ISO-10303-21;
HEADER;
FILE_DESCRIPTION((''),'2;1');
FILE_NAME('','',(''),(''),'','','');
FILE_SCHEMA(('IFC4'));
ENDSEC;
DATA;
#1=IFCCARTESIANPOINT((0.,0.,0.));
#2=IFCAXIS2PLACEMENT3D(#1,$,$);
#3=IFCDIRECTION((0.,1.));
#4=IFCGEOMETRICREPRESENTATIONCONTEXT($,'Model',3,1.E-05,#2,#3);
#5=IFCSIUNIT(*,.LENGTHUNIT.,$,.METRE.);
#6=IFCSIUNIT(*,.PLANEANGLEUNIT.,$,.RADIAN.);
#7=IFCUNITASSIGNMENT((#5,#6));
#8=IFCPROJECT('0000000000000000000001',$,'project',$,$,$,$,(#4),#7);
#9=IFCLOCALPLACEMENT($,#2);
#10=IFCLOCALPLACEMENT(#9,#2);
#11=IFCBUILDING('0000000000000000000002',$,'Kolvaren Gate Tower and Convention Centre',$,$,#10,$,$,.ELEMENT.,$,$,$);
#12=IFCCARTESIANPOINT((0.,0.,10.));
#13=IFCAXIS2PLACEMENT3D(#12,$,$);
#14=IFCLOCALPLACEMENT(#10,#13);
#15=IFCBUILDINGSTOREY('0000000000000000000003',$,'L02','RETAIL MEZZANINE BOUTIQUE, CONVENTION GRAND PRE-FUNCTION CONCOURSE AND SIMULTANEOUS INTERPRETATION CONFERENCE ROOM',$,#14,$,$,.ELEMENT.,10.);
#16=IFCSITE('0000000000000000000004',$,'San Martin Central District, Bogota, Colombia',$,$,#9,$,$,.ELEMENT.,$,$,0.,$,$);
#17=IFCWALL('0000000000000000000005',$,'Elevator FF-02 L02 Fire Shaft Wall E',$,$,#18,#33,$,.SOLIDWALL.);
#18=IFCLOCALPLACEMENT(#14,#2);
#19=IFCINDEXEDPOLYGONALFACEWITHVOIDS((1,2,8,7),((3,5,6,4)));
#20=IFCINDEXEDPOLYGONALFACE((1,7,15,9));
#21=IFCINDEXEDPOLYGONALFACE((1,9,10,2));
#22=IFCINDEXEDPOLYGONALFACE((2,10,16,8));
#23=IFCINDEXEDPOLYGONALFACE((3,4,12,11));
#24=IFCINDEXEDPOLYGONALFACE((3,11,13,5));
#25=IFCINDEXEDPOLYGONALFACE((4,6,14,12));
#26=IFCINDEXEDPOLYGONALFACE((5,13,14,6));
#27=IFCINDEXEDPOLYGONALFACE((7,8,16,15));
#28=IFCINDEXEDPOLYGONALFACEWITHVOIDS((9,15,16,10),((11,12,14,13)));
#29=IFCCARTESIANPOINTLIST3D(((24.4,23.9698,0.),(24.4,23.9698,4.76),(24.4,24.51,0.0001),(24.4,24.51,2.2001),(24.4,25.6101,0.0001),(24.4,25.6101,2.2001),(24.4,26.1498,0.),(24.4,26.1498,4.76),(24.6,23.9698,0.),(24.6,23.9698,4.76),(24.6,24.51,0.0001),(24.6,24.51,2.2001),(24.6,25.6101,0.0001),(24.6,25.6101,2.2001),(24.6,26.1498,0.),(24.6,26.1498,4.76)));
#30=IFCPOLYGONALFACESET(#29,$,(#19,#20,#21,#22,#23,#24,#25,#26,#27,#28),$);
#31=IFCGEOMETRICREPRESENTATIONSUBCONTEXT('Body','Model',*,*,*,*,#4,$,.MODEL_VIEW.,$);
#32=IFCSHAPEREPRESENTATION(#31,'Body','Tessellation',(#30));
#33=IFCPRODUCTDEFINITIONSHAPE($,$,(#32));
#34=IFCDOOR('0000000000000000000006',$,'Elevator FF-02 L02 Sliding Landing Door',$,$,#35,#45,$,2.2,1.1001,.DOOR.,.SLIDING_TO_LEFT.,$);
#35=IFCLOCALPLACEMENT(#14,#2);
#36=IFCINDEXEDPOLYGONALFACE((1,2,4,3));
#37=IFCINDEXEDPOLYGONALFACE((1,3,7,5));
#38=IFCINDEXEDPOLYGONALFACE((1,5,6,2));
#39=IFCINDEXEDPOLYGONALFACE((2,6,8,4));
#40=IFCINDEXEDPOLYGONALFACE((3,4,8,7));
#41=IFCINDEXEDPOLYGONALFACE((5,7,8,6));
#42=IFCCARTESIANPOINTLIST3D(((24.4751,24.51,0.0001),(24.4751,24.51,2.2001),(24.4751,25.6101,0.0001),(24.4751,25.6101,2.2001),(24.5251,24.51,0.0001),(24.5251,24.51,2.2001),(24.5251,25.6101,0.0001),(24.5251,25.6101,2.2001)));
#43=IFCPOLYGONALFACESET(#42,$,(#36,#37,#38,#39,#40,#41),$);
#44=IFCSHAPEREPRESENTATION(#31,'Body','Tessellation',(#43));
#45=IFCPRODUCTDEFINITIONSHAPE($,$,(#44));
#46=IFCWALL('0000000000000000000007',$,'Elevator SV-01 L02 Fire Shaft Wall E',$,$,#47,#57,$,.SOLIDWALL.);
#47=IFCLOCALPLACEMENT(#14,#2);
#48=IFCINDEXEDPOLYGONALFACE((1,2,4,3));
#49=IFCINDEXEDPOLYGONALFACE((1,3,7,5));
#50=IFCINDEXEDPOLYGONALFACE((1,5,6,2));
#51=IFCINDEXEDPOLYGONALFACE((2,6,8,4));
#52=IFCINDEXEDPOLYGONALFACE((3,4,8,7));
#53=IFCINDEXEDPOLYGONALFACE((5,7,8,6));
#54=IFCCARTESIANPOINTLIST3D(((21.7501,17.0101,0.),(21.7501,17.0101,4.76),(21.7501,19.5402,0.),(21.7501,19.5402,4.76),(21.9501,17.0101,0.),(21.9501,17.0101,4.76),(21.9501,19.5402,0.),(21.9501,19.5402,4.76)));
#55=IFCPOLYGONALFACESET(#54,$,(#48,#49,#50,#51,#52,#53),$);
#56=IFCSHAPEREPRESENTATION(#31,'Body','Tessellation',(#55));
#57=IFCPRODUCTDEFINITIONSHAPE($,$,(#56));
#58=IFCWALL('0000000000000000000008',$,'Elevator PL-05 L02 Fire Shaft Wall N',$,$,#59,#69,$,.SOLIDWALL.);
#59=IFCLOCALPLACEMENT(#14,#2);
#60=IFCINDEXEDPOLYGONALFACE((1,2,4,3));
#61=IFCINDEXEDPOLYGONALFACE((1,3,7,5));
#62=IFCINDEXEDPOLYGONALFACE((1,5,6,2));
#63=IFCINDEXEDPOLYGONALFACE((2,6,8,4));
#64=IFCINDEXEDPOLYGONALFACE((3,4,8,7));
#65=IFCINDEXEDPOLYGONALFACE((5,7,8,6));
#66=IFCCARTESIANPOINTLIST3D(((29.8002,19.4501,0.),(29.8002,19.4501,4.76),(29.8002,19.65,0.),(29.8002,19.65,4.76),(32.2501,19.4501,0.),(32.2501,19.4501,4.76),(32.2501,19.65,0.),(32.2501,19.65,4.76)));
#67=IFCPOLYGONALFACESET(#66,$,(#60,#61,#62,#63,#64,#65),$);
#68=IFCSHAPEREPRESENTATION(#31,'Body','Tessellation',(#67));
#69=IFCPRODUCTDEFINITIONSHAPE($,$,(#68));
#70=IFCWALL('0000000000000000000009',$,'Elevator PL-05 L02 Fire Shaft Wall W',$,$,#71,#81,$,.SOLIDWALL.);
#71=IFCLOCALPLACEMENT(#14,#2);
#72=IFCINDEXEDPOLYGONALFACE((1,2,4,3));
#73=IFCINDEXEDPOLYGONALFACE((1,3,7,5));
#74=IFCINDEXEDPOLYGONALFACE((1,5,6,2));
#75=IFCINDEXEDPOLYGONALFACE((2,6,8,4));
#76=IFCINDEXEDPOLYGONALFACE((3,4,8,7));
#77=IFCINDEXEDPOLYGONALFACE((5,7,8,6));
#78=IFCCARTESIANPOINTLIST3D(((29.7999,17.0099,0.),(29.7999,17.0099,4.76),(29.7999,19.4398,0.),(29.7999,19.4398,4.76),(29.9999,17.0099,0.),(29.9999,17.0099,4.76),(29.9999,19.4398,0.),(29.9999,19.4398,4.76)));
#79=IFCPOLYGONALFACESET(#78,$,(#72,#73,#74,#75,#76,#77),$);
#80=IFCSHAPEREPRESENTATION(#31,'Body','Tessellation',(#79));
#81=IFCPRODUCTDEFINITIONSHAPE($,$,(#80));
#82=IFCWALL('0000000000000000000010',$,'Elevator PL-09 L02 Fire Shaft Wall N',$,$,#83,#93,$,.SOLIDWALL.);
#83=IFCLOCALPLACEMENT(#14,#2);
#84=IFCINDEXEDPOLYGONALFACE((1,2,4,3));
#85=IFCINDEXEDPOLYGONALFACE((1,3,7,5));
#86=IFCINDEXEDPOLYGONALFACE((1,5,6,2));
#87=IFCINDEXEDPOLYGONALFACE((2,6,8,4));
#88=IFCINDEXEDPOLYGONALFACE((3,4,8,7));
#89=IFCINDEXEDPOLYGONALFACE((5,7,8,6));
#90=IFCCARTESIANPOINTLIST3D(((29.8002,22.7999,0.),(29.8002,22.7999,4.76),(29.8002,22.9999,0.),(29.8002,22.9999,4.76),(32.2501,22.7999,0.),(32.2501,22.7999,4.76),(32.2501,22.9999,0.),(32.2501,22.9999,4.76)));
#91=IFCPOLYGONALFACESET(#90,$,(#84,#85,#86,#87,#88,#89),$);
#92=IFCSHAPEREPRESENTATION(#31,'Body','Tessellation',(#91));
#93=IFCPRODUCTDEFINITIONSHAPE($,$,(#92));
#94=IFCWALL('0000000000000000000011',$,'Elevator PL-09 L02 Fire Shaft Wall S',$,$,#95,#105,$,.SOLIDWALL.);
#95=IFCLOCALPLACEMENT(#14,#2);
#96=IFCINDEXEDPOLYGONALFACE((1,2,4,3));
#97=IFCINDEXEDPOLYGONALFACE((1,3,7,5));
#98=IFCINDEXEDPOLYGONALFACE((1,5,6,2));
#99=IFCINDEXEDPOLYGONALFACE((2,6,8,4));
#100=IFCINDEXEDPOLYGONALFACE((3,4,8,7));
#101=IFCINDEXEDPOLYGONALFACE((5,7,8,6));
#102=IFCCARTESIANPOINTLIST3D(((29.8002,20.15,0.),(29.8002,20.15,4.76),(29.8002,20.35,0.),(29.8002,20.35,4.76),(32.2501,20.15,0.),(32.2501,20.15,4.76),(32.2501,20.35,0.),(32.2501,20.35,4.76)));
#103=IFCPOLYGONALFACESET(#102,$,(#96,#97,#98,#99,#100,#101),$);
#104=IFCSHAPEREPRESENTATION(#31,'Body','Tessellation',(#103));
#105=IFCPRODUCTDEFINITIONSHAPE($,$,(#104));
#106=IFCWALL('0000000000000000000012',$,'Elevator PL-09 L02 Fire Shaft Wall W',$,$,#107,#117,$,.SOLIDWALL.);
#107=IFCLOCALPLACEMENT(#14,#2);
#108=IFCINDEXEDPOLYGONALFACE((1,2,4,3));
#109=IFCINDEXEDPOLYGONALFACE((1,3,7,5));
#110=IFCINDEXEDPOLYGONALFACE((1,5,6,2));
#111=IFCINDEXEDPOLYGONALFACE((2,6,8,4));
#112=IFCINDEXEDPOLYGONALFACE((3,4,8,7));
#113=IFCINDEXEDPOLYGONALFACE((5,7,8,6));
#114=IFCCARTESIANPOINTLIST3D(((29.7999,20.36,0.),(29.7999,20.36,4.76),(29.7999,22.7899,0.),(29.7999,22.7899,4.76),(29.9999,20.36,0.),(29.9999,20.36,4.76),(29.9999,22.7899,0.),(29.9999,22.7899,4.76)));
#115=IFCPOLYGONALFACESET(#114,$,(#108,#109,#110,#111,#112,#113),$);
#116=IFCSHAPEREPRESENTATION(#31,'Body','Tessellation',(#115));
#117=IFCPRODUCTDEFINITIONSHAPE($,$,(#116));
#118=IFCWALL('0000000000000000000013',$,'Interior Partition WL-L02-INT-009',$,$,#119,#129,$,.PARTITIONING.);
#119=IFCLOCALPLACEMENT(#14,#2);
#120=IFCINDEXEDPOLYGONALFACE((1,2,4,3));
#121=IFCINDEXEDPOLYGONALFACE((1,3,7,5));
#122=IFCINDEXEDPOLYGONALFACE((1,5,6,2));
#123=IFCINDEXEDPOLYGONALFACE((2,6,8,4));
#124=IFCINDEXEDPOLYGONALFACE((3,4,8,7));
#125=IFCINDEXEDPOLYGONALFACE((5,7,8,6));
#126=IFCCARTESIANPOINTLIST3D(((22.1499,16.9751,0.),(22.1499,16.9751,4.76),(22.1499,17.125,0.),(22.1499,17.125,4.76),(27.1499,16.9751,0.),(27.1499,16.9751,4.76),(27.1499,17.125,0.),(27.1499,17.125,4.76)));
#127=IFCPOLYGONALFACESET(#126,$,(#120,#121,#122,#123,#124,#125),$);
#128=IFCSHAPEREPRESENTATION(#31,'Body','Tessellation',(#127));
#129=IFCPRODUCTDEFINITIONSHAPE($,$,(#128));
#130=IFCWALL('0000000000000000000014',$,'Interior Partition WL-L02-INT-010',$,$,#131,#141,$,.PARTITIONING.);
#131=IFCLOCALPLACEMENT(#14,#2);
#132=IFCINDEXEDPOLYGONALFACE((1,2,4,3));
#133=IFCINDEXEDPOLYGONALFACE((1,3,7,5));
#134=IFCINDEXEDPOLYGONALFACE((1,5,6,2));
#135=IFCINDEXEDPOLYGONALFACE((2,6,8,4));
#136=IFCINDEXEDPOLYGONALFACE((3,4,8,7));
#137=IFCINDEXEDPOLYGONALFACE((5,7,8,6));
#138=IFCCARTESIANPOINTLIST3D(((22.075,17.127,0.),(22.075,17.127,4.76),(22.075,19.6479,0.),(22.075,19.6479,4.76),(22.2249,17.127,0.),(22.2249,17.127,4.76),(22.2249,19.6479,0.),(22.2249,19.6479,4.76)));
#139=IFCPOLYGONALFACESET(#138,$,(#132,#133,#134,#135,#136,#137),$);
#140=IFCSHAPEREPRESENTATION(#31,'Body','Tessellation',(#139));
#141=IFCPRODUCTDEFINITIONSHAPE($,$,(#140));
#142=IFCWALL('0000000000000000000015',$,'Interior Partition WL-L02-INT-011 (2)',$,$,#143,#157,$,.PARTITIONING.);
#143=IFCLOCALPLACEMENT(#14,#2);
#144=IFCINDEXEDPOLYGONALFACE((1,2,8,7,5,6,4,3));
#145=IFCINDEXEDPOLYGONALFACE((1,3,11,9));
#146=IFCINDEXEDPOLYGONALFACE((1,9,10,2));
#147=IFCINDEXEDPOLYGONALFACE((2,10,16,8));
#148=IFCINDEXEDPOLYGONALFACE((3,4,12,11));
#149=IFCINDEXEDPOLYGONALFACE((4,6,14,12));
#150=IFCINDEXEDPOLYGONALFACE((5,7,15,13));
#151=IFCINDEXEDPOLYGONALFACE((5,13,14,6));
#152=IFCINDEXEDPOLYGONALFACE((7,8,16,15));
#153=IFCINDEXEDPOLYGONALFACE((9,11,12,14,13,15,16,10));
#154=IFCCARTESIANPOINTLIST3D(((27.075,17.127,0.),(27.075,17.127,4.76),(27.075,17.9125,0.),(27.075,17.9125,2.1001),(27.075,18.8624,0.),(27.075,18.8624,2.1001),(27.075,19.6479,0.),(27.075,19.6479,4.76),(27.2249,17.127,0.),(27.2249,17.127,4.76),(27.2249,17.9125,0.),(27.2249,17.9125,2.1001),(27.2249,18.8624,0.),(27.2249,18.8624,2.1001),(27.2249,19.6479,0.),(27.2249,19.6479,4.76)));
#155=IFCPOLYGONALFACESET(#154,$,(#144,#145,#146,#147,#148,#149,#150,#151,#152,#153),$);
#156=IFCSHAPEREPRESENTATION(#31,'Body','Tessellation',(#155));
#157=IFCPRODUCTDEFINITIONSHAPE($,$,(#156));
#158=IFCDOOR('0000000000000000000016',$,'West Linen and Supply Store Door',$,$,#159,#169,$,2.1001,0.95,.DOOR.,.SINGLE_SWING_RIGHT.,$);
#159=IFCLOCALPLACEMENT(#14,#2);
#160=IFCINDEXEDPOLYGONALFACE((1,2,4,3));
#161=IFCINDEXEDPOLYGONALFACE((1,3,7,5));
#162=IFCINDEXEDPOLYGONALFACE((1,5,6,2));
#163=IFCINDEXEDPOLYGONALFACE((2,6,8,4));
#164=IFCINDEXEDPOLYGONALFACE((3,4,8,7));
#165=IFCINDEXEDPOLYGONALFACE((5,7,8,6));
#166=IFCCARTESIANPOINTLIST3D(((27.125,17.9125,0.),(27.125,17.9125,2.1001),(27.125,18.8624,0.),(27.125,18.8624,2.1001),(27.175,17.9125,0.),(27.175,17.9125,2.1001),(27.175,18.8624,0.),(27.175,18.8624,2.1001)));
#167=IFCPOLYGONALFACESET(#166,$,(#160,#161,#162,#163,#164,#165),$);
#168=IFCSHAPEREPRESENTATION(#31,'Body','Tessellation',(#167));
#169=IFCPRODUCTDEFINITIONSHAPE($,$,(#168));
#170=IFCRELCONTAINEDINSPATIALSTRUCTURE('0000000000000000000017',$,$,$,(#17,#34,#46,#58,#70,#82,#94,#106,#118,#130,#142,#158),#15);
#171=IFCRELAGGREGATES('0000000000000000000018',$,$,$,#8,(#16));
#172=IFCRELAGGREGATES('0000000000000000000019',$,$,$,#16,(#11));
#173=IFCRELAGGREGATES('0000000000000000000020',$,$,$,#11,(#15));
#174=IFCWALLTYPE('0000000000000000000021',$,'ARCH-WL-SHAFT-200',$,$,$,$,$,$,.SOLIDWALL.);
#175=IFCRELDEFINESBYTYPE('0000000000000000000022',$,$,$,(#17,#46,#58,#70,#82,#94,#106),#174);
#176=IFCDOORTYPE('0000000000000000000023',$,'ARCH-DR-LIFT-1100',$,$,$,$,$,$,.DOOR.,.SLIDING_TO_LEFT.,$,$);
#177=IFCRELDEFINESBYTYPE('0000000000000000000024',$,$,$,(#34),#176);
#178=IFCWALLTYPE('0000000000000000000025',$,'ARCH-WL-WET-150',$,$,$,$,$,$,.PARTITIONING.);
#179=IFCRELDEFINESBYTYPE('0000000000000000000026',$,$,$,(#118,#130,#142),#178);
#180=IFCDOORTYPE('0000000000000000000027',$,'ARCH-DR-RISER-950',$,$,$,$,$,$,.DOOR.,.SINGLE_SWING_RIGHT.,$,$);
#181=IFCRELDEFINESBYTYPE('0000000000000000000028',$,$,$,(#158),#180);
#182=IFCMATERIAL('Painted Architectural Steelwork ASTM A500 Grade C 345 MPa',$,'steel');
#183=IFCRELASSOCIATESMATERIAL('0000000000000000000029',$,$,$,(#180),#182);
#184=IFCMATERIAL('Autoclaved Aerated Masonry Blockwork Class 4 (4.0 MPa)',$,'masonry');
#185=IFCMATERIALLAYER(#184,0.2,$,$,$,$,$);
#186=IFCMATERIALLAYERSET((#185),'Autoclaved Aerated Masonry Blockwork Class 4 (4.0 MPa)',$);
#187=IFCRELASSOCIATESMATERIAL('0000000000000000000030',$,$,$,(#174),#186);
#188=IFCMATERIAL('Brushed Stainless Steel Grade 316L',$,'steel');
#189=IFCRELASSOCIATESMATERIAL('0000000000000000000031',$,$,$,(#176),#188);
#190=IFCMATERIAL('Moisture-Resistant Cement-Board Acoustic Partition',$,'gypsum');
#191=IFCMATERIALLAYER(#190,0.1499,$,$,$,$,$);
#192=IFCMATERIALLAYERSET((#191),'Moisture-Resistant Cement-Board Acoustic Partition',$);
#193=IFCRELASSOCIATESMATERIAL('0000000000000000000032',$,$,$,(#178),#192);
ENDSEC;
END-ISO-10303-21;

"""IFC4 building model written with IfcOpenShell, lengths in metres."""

from ifc_helpers import new_model, si_unit, direction, frame, frame_2d, origin, place, context, subcontext, project, spatial, rectangle, extrude, material, layer, layer_set, type_object, element, fill, save


model = new_model("IFC4")

# Units and contexts
model_context = context("Model", 3, precision=1e-05, world=origin(), true_north=direction((0.0, 1.0)))
body_context = subcontext(model_context, "Body", "Model", "MODEL_VIEW")
ifc_project = project(units=[si_unit("LENGTHUNIT", "METRE"), si_unit("PLANEANGLEUNIT", "RADIAN")], contexts=[model_context])

# Site, building, storey
site_placement = place(None, origin())
site = spatial("IfcSite", under=ifc_project, at=site_placement, Name="San Martin Central District, Bogota, Colombia", CompositionType="ELEMENT", RefElevation=0.0)
building_placement = place(site_placement, origin())
building = spatial("IfcBuilding", under=site, at=building_placement, Name="Kolvaren Gate Tower and Convention Centre", CompositionType="ELEMENT")
storey_placement = place(building_placement, frame((0.0, 0.0, 10.0)))
storey = spatial("IfcBuildingStorey", under=building, at=storey_placement, Name="L02", Description="RETAIL MEZZANINE BOUTIQUE, CONVENTION GRAND PRE-FUNCTION CONCOURSE AND SIMULTANEOUS INTERPRETATION CONFERENCE ROOM", CompositionType="ELEMENT", Elevation=10.0)

# Shared definitions
ifc_material_1 = material(Name="Autoclaved Aerated Masonry Blockwork Class 4 (4.0 MPa)", Category="masonry")

# Shared definitions
ifc_material_2 = material(Name="Painted Architectural Steelwork ASTM A500 Grade C 345 MPa", Category="steel")
door_type_1 = type_object("IfcDoorType", Name="ARCH-DR-RISER-950", OperationType="SINGLE_SWING_RIGHT", PredefinedType="DOOR", material=ifc_material_2)

# Shared definitions
ifc_layer_1 = layer(ifc_material_1, 0.2)
ifc_layer_set_1 = layer_set([ifc_layer_1], Name="Autoclaved Aerated Masonry Blockwork Class 4 (4.0 MPa)")
wall_type_1 = type_object("IfcWallType", Name="ARCH-WL-SHAFT-200", PredefinedType="SOLIDWALL", material=ifc_layer_set_1)

# Wall, opening, door
wall_1_placement = place(storey_placement, frame((24.5, 23.97, 0.0), z_axis=(0.0, 0.0, 1.0), x_axis=(0.0, 1.0, 0.0)))
wall_1 = element("IfcWall", 1, at=wall_1_placement, inside=storey, type_object=wall_type_1, Name="Elevator FF-02 L02 Fire Shaft Wall E", PredefinedType="SOLIDWALL", context=body_context, shape_type="SweptSolid", body=[
    extrude(rectangle(XDim=2.1799, YDim=0.2, at=frame_2d((1.0898, 0.0))), origin(), (0.0, 0.0, 1.0), 4.76),
])
opening_1_placement = place(wall_1_placement, frame((0.54, 0.0, 0.0)))
opening_1 = element("IfcOpeningElement", 2, at=opening_1_placement, cuts=wall_1, PredefinedType="OPENING", context=body_context, shape_type="SweptSolid", body=[
    extrude(rectangle(XDim=1.1001, YDim=2.2, at=frame_2d((0.55, 1.1001))), frame((0.0, 0.1099, 0.0), z_axis=(0.0, -1.0, 0.0), x_axis=(1.0, 0.0, 0.0)), (0.0, 0.0, 1.0), 0.22),
])
ifc_material_3 = material(Name="Brushed Stainless Steel Grade 316L", Category="steel")
door_type_2 = type_object("IfcDoorType", Name="ARCH-DR-LIFT-1100", OperationType="SLIDING_TO_LEFT", PredefinedType="DOOR", material=ifc_material_3)
door_1_placement = place(opening_1_placement, origin())
door_1 = element("IfcDoor", 3, at=door_1_placement, inside=storey, type_object=door_type_2, Name="Elevator FF-02 L02 Sliding Landing Door", OperationType="SLIDING_TO_LEFT", OverallHeight=2.2, OverallWidth=1.1001, PredefinedType="DOOR", context=body_context, shape_type="SweptSolid", body=[
    extrude(rectangle(XDim=1.1001, YDim=2.2, at=frame_2d((0.55, 1.1001))), frame((0.0, 0.0249, 0.0), z_axis=(0.0, -1.0, 0.0), x_axis=(1.0, 0.0, 0.0)), (0.0, 0.0, 1.0), 0.05),
])
fill(opening_1, door_1)

# Walls
wall_2_placement = place(storey_placement, frame((21.8501, 17.01, 0.0), z_axis=(0.0, 0.0, 1.0), x_axis=(0.0, 1.0, 0.0)))
element("IfcWall", 4, at=wall_2_placement, inside=storey, type_object=wall_type_1, Name="Elevator SV-01 L02 Fire Shaft Wall E", PredefinedType="SOLIDWALL", context=body_context, shape_type="SweptSolid", body=[
    extrude(rectangle(XDim=2.53, YDim=0.2, at=frame_2d((1.2651, 0.0))), origin(), (0.0, 0.0, 1.0), 4.76),
])
wall_3_placement = place(storey_placement, frame((29.8, 19.55, 0.0), z_axis=(0.0, 0.0, 1.0), x_axis=(1.0, 0.0, 0.0)))
element("IfcWall", 5, at=wall_3_placement, inside=storey, type_object=wall_type_1, Name="Elevator PL-05 L02 Fire Shaft Wall N", PredefinedType="SOLIDWALL", context=body_context, shape_type="SweptSolid", body=[
    extrude(rectangle(XDim=2.45, YDim=0.2, at=frame_2d((1.2251, 0.0))), origin(), (0.0, 0.0, 1.0), 4.76),
])
wall_4_placement = place(storey_placement, frame((29.8999, 17.01, 0.0), z_axis=(0.0, 0.0, 1.0), x_axis=(0.0, 1.0, 0.0)))
element("IfcWall", 6, at=wall_4_placement, inside=storey, type_object=wall_type_1, Name="Elevator PL-05 L02 Fire Shaft Wall W", PredefinedType="SOLIDWALL", context=body_context, shape_type="SweptSolid", body=[
    extrude(rectangle(XDim=2.4299, YDim=0.2, at=frame_2d((1.2148, 0.0))), origin(), (0.0, 0.0, 1.0), 4.76),
])
for number, where, z_axis, x_axis, name in (
    (7, (29.8, 22.8999, 0.0), (0.0, 0.0, 1.0), (1.0, 0.0, 0.0), "Elevator PL-09 L02 Fire Shaft Wall N"),
    (8, (29.8, 20.25, 0.0), (0.0, 0.0, 1.0), (1.0, 0.0, 0.0), "Elevator PL-09 L02 Fire Shaft Wall S"),
):
    element("IfcWall", number, at=place(storey_placement, frame(where, z_axis=z_axis, x_axis=x_axis)), inside=storey, type_object=wall_type_1, Name=name, PredefinedType="SOLIDWALL", context=body_context, shape_type="SweptSolid", body=[
        extrude(rectangle(XDim=2.45, YDim=0.2, at=frame_2d((1.2251, 0.0))), origin(), (0.0, 0.0, 1.0), 4.76),
    ])
wall_5_placement = place(storey_placement, frame((29.8999, 20.3601, 0.0), z_axis=(0.0, 0.0, 1.0), x_axis=(0.0, 1.0, 0.0)))
element("IfcWall", 9, at=wall_5_placement, inside=storey, type_object=wall_type_1, Name="Elevator PL-09 L02 Fire Shaft Wall W", PredefinedType="SOLIDWALL", context=body_context, shape_type="SweptSolid", body=[
    extrude(rectangle(XDim=2.4299, YDim=0.2, at=frame_2d((1.2148, 0.0))), origin(), (0.0, 0.0, 1.0), 4.76),
])
ifc_material_4 = material(Name="Moisture-Resistant Cement-Board Acoustic Partition", Category="gypsum")
ifc_layer_2 = layer(ifc_material_4, 0.1499)
ifc_layer_set_2 = layer_set([ifc_layer_2], Name="Moisture-Resistant Cement-Board Acoustic Partition")
wall_type_2 = type_object("IfcWallType", Name="ARCH-WL-WET-150", PredefinedType="PARTITIONING", material=ifc_layer_set_2)
wall_6_placement = place(storey_placement, frame((22.1499, 17.05, 0.0), z_axis=(0.0, 0.0, 1.0), x_axis=(1.0, 0.0, 0.0)))
element("IfcWall", 10, at=wall_6_placement, inside=storey, type_object=wall_type_2, Name="Interior Partition WL-L02-INT-009", PredefinedType="PARTITIONING", context=body_context, shape_type="SweptSolid", body=[
    extrude(rectangle(XDim=5.0, YDim=0.1499, at=frame_2d((2.5, 0.0))), origin(), (0.0, 0.0, 1.0), 4.76),
])
wall_7_placement = place(storey_placement, frame((22.1499, 17.127, 0.0), z_axis=(0.0, 0.0, 1.0), x_axis=(0.0, 1.0, 0.0)))
element("IfcWall", 11, at=wall_7_placement, inside=storey, type_object=wall_type_2, Name="Interior Partition WL-L02-INT-010", PredefinedType="PARTITIONING", context=body_context, shape_type="SweptSolid", body=[
    extrude(rectangle(XDim=2.521, YDim=0.1499, at=frame_2d((1.2605, 0.0))), origin(), (0.0, 0.0, 1.0), 4.76),
])

# Wall, opening, door
wall_8_placement = place(storey_placement, frame((27.1499, 17.127, 0.0), z_axis=(0.0, 0.0, 1.0), x_axis=(0.0, 1.0, 0.0)))
wall_8 = element("IfcWall", 12, at=wall_8_placement, inside=storey, type_object=wall_type_2, Name="Interior Partition WL-L02-INT-011 (2)", PredefinedType="PARTITIONING", context=body_context, shape_type="SweptSolid", body=[
    extrude(rectangle(XDim=2.521, YDim=0.1499, at=frame_2d((1.2605, 0.0))), origin(), (0.0, 0.0, 1.0), 4.76),
])
opening_2_placement = place(wall_8_placement, frame((0.7854, 0.0, 0.0)))
opening_2 = element("IfcOpeningElement", 13, at=opening_2_placement, cuts=wall_8, PredefinedType="OPENING", context=body_context, shape_type="SweptSolid", body=[
    extrude(rectangle(XDim=0.95, YDim=2.1001, at=frame_2d((0.4751, 1.05))), frame((0.0, 0.085, 0.0), z_axis=(0.0, -1.0, 0.0), x_axis=(1.0, 0.0, 0.0)), (0.0, 0.0, 1.0), 0.1699),
])
door_2_placement = place(opening_2_placement, origin())
door_2 = element("IfcDoor", 14, at=door_2_placement, inside=storey, type_object=door_type_1, Name="West Linen and Supply Store Door", OperationType="SINGLE_SWING_RIGHT", OverallHeight=2.1001, OverallWidth=0.95, PredefinedType="DOOR", context=body_context, shape_type="SweptSolid", body=[
    extrude(rectangle(XDim=0.95, YDim=2.1001, at=frame_2d((0.4751, 1.05))), frame((0.0, 0.0249, 0.0), z_axis=(0.0, -1.0, 0.0), x_axis=(1.0, 0.0, 0.0)), (0.0, 0.0, 1.0), 0.05),
])
fill(opening_2, door_2)

save(model, "model.ifc")
